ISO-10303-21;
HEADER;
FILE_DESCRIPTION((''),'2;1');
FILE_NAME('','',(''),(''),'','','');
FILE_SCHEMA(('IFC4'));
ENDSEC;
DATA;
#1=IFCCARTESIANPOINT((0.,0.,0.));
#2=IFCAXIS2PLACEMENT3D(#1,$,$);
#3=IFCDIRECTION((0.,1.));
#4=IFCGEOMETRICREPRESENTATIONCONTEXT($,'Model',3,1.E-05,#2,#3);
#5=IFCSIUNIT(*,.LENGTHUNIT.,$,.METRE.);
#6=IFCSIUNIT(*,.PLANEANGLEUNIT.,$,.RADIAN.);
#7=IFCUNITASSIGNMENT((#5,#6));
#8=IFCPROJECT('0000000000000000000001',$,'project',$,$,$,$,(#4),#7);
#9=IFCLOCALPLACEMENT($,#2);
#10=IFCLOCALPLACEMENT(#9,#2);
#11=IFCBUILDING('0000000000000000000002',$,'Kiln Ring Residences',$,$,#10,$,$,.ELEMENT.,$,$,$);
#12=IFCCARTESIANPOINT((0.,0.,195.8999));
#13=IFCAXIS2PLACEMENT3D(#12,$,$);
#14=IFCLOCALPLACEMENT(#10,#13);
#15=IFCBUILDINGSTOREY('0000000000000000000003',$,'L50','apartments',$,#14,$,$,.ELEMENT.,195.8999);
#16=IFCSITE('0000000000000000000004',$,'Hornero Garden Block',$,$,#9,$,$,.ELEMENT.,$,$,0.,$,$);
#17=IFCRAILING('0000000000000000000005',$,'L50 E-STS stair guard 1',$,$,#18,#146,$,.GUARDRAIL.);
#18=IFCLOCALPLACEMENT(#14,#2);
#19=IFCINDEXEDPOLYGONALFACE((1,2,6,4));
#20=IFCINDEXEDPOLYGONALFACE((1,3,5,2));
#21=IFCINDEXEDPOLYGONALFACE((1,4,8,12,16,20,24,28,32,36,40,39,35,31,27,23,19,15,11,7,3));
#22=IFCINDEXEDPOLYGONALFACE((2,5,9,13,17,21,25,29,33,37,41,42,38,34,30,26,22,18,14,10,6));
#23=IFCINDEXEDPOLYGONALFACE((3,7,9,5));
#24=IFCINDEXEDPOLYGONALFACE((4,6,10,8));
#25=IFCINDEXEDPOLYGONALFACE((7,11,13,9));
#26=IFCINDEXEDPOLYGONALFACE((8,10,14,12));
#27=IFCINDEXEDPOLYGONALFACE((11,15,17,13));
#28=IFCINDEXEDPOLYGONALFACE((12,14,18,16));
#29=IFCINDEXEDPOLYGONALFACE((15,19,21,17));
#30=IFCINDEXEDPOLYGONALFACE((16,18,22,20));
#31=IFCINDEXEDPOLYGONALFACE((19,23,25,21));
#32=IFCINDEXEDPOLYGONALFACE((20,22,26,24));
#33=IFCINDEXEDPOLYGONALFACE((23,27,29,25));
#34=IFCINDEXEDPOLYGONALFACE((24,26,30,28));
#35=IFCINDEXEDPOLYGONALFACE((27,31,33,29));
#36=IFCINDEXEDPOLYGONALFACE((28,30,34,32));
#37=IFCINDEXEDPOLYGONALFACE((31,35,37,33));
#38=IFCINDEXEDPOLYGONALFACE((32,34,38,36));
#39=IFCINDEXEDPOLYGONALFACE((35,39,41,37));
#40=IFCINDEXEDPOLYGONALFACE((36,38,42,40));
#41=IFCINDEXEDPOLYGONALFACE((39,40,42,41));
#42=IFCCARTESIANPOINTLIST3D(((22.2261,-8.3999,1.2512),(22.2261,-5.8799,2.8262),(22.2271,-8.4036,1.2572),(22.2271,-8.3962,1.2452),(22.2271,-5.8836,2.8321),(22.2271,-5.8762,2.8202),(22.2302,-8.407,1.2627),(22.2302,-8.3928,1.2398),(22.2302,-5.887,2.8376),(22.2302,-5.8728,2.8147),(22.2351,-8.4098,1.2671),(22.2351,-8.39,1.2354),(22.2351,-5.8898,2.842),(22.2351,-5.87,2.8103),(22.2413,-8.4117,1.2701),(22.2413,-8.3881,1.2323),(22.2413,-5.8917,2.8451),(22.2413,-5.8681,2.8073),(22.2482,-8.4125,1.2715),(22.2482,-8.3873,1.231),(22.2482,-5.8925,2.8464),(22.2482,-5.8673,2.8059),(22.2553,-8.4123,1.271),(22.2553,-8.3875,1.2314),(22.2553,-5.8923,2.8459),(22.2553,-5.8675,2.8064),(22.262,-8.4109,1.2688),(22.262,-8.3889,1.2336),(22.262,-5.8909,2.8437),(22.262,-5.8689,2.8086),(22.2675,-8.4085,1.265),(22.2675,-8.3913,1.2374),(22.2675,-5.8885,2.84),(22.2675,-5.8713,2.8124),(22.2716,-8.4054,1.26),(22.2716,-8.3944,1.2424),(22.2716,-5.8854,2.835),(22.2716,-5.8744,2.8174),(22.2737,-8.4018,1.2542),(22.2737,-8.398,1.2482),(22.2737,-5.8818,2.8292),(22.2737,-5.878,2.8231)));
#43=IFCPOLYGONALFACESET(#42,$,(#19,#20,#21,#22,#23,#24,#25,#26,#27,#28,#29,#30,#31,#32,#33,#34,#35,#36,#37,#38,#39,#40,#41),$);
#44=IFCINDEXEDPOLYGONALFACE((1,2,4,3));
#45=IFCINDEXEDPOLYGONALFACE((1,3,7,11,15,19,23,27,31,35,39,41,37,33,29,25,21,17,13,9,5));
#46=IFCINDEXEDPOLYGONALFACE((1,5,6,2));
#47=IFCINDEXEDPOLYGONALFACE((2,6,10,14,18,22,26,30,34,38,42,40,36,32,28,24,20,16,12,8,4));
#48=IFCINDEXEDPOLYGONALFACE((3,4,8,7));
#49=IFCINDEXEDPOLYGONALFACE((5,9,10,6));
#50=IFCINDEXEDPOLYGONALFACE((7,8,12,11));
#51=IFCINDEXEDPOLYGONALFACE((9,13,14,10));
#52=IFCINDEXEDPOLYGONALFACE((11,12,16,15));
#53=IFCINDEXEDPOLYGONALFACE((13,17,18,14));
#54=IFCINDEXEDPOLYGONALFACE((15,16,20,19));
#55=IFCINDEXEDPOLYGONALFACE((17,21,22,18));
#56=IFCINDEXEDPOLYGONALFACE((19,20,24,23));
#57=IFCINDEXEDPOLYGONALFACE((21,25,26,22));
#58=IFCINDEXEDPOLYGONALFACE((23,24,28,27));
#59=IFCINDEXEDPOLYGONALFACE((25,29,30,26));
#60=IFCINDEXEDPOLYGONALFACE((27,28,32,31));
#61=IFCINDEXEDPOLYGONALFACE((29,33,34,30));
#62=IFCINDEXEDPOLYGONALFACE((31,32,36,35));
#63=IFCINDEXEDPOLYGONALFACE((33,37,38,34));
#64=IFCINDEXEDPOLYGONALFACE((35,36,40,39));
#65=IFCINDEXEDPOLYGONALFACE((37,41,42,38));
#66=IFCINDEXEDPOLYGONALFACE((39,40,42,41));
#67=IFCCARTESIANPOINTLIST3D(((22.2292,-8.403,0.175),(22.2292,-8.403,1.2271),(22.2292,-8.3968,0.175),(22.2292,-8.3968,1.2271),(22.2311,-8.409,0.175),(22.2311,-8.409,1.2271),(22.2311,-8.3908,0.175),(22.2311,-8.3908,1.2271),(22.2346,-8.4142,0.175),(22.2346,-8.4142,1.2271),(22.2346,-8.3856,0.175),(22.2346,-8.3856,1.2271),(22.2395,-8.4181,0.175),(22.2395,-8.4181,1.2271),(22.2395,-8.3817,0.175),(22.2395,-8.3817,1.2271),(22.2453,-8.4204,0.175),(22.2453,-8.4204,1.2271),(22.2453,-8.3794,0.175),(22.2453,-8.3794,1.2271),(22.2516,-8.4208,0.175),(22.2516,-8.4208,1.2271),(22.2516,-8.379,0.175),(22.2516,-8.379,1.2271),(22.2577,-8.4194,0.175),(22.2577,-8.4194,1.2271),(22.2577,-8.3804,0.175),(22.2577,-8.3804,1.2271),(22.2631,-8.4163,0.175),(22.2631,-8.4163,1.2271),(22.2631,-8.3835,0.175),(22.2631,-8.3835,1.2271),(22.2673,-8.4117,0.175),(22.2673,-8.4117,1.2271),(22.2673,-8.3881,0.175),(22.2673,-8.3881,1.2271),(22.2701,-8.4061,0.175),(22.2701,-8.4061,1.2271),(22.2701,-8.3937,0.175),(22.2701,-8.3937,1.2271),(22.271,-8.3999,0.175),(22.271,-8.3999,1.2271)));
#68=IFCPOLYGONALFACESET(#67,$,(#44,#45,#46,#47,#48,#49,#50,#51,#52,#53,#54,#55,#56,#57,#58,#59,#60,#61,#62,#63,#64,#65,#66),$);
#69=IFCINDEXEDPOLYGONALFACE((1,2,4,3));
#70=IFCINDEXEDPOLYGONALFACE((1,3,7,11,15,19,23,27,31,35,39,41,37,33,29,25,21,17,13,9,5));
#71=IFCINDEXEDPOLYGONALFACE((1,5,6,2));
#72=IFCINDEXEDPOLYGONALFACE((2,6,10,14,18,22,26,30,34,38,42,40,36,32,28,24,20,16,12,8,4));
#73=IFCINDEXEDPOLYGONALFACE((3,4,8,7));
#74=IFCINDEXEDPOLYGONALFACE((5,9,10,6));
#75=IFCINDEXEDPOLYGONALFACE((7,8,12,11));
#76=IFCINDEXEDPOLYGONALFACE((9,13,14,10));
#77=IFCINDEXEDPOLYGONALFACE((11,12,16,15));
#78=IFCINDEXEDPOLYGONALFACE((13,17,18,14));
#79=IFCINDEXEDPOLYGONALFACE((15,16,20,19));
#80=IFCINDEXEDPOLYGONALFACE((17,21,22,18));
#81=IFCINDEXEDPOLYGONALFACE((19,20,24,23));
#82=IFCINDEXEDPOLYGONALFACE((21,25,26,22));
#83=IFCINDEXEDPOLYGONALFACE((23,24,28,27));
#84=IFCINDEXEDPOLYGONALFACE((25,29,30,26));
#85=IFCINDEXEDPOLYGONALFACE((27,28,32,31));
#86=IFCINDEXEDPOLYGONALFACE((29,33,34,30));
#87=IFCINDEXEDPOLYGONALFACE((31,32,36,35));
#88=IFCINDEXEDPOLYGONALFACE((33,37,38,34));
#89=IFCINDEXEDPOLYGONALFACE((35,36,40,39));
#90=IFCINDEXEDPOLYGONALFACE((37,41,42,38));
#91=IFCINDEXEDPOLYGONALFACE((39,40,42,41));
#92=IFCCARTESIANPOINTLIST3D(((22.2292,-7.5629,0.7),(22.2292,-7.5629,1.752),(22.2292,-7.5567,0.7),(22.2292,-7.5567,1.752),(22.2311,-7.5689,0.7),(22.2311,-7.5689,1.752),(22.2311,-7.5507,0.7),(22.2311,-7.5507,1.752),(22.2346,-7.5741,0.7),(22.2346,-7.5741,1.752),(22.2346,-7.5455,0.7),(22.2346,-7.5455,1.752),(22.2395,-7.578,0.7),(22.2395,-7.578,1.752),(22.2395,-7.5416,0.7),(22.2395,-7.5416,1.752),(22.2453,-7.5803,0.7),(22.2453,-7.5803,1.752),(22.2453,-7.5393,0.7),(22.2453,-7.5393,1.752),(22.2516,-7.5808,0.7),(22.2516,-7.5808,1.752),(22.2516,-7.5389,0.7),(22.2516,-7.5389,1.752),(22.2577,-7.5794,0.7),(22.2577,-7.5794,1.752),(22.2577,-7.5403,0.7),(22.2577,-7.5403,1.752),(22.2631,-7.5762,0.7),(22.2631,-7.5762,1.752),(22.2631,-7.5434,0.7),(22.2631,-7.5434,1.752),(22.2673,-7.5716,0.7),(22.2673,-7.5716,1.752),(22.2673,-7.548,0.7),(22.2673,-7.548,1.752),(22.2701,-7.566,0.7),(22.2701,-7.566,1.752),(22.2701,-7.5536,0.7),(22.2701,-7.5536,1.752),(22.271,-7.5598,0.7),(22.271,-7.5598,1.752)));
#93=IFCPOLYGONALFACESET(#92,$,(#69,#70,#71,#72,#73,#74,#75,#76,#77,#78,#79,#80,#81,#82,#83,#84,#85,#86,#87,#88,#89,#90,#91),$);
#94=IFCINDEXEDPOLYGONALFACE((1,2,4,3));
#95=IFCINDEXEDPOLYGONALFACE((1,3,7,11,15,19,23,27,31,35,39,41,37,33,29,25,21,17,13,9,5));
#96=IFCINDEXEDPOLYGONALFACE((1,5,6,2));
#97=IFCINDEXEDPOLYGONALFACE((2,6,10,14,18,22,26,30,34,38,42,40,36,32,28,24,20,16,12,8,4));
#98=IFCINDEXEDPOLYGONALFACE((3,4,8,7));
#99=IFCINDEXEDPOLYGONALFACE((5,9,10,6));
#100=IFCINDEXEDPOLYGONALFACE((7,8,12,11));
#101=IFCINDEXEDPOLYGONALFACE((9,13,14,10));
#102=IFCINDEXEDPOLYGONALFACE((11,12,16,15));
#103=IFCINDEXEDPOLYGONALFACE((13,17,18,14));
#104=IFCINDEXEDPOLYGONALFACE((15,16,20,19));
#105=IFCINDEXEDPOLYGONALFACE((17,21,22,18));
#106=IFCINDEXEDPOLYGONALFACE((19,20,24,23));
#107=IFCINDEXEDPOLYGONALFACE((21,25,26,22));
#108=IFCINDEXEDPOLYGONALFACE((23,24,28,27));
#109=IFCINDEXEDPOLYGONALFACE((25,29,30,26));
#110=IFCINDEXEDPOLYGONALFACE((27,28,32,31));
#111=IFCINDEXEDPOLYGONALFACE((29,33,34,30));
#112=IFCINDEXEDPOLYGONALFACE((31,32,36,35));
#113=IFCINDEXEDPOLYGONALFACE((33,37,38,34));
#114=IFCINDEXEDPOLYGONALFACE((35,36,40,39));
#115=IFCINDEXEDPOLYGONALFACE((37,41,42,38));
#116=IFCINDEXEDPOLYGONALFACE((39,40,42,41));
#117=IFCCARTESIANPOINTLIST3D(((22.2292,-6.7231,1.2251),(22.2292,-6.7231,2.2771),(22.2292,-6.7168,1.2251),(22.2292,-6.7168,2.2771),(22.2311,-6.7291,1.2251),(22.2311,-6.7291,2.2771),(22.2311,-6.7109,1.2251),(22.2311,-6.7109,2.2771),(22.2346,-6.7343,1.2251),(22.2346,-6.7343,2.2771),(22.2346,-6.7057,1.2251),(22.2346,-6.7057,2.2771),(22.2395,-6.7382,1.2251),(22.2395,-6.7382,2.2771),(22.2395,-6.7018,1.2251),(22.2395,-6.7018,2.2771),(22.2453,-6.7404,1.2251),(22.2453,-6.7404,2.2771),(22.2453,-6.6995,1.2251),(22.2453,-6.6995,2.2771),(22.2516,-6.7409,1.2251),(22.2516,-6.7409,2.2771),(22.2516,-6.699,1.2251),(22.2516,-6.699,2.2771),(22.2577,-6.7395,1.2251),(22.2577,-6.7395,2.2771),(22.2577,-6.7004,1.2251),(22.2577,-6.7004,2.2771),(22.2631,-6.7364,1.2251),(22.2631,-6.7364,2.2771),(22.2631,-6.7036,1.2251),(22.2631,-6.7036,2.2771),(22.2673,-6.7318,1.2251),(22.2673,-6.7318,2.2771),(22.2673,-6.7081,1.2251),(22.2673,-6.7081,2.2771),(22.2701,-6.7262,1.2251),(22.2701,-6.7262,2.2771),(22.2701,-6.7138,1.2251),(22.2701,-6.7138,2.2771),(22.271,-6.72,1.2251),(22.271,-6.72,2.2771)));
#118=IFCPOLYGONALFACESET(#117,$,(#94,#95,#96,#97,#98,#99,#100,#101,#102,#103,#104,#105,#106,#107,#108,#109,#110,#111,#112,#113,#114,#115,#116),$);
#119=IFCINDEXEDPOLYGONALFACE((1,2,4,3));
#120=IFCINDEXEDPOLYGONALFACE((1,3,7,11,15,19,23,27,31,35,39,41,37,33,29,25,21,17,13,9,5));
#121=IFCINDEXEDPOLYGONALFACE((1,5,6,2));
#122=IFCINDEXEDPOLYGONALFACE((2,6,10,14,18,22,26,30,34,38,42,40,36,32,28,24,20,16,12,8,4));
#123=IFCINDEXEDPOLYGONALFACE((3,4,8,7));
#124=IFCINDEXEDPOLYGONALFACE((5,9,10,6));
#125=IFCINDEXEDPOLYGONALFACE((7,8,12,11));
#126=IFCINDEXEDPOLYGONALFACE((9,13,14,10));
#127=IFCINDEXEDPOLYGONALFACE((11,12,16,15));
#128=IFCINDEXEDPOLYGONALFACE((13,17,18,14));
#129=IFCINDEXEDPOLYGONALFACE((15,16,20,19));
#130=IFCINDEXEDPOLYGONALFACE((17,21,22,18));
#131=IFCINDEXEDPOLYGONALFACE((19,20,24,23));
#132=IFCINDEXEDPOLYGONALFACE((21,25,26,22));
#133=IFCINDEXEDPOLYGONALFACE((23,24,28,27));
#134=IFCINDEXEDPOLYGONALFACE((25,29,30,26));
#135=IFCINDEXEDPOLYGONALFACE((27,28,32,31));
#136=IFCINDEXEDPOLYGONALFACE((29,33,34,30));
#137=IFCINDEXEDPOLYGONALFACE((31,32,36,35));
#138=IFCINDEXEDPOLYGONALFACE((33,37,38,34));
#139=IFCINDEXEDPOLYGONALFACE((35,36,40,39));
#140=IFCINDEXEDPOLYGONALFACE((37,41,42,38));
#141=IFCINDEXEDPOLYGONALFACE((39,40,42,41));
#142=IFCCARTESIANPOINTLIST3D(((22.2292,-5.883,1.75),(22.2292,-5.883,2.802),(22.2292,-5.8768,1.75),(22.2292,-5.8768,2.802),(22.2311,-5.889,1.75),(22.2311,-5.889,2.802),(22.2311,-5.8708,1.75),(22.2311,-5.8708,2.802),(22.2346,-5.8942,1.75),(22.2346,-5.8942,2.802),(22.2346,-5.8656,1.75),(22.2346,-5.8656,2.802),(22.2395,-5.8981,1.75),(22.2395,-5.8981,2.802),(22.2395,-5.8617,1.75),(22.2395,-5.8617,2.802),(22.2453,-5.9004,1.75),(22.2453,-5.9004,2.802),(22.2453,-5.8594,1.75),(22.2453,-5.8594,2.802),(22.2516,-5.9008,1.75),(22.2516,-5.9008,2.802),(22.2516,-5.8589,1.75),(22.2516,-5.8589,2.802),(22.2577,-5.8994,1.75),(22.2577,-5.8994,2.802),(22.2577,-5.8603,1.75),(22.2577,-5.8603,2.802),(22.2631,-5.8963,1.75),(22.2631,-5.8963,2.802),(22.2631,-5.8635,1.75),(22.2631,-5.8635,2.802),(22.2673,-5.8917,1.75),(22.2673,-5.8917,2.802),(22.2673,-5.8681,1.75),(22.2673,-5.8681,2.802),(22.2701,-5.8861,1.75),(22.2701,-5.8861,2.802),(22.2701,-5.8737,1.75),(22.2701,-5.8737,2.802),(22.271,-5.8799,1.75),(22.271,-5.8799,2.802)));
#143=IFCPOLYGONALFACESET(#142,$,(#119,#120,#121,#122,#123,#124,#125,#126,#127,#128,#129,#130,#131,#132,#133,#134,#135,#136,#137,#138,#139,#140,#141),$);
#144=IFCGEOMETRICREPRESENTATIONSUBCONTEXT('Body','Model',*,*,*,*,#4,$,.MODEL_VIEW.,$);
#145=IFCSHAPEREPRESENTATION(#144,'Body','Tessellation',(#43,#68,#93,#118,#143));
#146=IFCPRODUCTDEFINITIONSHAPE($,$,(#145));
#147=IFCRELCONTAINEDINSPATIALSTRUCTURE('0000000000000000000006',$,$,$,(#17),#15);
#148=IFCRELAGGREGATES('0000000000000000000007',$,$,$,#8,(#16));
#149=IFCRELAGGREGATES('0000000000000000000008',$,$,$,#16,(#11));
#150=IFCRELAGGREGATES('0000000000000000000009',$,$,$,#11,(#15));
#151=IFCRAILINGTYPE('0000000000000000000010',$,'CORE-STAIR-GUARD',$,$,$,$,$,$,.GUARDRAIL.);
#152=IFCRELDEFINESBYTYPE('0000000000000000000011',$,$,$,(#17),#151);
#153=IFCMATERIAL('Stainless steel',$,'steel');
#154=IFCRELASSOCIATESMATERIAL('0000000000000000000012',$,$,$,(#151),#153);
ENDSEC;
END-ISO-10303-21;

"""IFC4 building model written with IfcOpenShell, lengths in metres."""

from ifc_helpers import new_model, si_unit, direction, frame, origin, origin_2d, place, context, subcontext, project, spatial, circle, extrude, material, type_object, element, save


model = new_model("IFC4")

# Units and contexts
model_context = context("Model", 3, precision=1e-05, world=origin(), true_north=direction((0.0, 1.0)))
body_context = subcontext(model_context, "Body", "Model", "MODEL_VIEW")
ifc_project = project(units=[si_unit("LENGTHUNIT", "METRE"), si_unit("PLANEANGLEUNIT", "RADIAN")], contexts=[model_context])

# Site, building, storey
site_placement = place(None, origin())
site = spatial("IfcSite", under=ifc_project, at=site_placement, Name="Hornero Garden Block", CompositionType="ELEMENT", RefElevation=0.0)
building_placement = place(site_placement, origin())
building = spatial("IfcBuilding", under=site, at=building_placement, Name="Kiln Ring Residences", CompositionType="ELEMENT")
storey_placement = place(building_placement, frame((0.0, 0.0, 195.8999)))
storey = spatial("IfcBuildingStorey", under=building, at=storey_placement, Name="L50", Description="apartments", CompositionType="ELEMENT", Elevation=195.8999)

# Railing
ifc_material_1 = material(Name="Stainless steel", Category="steel")
railing_type_1 = type_object("IfcRailingType", Name="CORE-STAIR-GUARD", PredefinedType="GUARDRAIL", material=ifc_material_1)
railing_1_placement = place(storey_placement, frame((22.25, -8.3999, 0.175)))
element("IfcRailing", 1, at=railing_1_placement, inside=storey, type_object=railing_type_1, Name="L50 E-STS stair guard 1", PredefinedType="GUARDRAIL", context=body_context, shape_type="SweptSolid", body=[
    extrude(circle(Radius=0.0239, at=origin_2d()), frame((0.0, 0.0, 1.0762), z_axis=(0.0, 0.848008, 0.529984), x_axis=(-1.0, 0.0, 0.0)), (0.0, 0.0, 1.0), 2.9717),
    extrude(circle(Radius=0.021, at=origin_2d()), origin(), (0.0, 0.0, 1.0), 1.052),
    extrude(circle(Radius=0.021, at=origin_2d()), frame((0.0, 0.8401, 0.5249)), (0.0, 0.0, 1.0), 1.052),
    extrude(circle(Radius=0.021, at=origin_2d()), frame((0.0, 1.6799, 1.05)), (0.0, 0.0, 1.0), 1.052),
    extrude(circle(Radius=0.021, at=origin_2d()), frame((0.0, 2.52, 1.575)), (0.0, 0.0, 1.0), 1.052),
])

save(model, "model.ifc")
